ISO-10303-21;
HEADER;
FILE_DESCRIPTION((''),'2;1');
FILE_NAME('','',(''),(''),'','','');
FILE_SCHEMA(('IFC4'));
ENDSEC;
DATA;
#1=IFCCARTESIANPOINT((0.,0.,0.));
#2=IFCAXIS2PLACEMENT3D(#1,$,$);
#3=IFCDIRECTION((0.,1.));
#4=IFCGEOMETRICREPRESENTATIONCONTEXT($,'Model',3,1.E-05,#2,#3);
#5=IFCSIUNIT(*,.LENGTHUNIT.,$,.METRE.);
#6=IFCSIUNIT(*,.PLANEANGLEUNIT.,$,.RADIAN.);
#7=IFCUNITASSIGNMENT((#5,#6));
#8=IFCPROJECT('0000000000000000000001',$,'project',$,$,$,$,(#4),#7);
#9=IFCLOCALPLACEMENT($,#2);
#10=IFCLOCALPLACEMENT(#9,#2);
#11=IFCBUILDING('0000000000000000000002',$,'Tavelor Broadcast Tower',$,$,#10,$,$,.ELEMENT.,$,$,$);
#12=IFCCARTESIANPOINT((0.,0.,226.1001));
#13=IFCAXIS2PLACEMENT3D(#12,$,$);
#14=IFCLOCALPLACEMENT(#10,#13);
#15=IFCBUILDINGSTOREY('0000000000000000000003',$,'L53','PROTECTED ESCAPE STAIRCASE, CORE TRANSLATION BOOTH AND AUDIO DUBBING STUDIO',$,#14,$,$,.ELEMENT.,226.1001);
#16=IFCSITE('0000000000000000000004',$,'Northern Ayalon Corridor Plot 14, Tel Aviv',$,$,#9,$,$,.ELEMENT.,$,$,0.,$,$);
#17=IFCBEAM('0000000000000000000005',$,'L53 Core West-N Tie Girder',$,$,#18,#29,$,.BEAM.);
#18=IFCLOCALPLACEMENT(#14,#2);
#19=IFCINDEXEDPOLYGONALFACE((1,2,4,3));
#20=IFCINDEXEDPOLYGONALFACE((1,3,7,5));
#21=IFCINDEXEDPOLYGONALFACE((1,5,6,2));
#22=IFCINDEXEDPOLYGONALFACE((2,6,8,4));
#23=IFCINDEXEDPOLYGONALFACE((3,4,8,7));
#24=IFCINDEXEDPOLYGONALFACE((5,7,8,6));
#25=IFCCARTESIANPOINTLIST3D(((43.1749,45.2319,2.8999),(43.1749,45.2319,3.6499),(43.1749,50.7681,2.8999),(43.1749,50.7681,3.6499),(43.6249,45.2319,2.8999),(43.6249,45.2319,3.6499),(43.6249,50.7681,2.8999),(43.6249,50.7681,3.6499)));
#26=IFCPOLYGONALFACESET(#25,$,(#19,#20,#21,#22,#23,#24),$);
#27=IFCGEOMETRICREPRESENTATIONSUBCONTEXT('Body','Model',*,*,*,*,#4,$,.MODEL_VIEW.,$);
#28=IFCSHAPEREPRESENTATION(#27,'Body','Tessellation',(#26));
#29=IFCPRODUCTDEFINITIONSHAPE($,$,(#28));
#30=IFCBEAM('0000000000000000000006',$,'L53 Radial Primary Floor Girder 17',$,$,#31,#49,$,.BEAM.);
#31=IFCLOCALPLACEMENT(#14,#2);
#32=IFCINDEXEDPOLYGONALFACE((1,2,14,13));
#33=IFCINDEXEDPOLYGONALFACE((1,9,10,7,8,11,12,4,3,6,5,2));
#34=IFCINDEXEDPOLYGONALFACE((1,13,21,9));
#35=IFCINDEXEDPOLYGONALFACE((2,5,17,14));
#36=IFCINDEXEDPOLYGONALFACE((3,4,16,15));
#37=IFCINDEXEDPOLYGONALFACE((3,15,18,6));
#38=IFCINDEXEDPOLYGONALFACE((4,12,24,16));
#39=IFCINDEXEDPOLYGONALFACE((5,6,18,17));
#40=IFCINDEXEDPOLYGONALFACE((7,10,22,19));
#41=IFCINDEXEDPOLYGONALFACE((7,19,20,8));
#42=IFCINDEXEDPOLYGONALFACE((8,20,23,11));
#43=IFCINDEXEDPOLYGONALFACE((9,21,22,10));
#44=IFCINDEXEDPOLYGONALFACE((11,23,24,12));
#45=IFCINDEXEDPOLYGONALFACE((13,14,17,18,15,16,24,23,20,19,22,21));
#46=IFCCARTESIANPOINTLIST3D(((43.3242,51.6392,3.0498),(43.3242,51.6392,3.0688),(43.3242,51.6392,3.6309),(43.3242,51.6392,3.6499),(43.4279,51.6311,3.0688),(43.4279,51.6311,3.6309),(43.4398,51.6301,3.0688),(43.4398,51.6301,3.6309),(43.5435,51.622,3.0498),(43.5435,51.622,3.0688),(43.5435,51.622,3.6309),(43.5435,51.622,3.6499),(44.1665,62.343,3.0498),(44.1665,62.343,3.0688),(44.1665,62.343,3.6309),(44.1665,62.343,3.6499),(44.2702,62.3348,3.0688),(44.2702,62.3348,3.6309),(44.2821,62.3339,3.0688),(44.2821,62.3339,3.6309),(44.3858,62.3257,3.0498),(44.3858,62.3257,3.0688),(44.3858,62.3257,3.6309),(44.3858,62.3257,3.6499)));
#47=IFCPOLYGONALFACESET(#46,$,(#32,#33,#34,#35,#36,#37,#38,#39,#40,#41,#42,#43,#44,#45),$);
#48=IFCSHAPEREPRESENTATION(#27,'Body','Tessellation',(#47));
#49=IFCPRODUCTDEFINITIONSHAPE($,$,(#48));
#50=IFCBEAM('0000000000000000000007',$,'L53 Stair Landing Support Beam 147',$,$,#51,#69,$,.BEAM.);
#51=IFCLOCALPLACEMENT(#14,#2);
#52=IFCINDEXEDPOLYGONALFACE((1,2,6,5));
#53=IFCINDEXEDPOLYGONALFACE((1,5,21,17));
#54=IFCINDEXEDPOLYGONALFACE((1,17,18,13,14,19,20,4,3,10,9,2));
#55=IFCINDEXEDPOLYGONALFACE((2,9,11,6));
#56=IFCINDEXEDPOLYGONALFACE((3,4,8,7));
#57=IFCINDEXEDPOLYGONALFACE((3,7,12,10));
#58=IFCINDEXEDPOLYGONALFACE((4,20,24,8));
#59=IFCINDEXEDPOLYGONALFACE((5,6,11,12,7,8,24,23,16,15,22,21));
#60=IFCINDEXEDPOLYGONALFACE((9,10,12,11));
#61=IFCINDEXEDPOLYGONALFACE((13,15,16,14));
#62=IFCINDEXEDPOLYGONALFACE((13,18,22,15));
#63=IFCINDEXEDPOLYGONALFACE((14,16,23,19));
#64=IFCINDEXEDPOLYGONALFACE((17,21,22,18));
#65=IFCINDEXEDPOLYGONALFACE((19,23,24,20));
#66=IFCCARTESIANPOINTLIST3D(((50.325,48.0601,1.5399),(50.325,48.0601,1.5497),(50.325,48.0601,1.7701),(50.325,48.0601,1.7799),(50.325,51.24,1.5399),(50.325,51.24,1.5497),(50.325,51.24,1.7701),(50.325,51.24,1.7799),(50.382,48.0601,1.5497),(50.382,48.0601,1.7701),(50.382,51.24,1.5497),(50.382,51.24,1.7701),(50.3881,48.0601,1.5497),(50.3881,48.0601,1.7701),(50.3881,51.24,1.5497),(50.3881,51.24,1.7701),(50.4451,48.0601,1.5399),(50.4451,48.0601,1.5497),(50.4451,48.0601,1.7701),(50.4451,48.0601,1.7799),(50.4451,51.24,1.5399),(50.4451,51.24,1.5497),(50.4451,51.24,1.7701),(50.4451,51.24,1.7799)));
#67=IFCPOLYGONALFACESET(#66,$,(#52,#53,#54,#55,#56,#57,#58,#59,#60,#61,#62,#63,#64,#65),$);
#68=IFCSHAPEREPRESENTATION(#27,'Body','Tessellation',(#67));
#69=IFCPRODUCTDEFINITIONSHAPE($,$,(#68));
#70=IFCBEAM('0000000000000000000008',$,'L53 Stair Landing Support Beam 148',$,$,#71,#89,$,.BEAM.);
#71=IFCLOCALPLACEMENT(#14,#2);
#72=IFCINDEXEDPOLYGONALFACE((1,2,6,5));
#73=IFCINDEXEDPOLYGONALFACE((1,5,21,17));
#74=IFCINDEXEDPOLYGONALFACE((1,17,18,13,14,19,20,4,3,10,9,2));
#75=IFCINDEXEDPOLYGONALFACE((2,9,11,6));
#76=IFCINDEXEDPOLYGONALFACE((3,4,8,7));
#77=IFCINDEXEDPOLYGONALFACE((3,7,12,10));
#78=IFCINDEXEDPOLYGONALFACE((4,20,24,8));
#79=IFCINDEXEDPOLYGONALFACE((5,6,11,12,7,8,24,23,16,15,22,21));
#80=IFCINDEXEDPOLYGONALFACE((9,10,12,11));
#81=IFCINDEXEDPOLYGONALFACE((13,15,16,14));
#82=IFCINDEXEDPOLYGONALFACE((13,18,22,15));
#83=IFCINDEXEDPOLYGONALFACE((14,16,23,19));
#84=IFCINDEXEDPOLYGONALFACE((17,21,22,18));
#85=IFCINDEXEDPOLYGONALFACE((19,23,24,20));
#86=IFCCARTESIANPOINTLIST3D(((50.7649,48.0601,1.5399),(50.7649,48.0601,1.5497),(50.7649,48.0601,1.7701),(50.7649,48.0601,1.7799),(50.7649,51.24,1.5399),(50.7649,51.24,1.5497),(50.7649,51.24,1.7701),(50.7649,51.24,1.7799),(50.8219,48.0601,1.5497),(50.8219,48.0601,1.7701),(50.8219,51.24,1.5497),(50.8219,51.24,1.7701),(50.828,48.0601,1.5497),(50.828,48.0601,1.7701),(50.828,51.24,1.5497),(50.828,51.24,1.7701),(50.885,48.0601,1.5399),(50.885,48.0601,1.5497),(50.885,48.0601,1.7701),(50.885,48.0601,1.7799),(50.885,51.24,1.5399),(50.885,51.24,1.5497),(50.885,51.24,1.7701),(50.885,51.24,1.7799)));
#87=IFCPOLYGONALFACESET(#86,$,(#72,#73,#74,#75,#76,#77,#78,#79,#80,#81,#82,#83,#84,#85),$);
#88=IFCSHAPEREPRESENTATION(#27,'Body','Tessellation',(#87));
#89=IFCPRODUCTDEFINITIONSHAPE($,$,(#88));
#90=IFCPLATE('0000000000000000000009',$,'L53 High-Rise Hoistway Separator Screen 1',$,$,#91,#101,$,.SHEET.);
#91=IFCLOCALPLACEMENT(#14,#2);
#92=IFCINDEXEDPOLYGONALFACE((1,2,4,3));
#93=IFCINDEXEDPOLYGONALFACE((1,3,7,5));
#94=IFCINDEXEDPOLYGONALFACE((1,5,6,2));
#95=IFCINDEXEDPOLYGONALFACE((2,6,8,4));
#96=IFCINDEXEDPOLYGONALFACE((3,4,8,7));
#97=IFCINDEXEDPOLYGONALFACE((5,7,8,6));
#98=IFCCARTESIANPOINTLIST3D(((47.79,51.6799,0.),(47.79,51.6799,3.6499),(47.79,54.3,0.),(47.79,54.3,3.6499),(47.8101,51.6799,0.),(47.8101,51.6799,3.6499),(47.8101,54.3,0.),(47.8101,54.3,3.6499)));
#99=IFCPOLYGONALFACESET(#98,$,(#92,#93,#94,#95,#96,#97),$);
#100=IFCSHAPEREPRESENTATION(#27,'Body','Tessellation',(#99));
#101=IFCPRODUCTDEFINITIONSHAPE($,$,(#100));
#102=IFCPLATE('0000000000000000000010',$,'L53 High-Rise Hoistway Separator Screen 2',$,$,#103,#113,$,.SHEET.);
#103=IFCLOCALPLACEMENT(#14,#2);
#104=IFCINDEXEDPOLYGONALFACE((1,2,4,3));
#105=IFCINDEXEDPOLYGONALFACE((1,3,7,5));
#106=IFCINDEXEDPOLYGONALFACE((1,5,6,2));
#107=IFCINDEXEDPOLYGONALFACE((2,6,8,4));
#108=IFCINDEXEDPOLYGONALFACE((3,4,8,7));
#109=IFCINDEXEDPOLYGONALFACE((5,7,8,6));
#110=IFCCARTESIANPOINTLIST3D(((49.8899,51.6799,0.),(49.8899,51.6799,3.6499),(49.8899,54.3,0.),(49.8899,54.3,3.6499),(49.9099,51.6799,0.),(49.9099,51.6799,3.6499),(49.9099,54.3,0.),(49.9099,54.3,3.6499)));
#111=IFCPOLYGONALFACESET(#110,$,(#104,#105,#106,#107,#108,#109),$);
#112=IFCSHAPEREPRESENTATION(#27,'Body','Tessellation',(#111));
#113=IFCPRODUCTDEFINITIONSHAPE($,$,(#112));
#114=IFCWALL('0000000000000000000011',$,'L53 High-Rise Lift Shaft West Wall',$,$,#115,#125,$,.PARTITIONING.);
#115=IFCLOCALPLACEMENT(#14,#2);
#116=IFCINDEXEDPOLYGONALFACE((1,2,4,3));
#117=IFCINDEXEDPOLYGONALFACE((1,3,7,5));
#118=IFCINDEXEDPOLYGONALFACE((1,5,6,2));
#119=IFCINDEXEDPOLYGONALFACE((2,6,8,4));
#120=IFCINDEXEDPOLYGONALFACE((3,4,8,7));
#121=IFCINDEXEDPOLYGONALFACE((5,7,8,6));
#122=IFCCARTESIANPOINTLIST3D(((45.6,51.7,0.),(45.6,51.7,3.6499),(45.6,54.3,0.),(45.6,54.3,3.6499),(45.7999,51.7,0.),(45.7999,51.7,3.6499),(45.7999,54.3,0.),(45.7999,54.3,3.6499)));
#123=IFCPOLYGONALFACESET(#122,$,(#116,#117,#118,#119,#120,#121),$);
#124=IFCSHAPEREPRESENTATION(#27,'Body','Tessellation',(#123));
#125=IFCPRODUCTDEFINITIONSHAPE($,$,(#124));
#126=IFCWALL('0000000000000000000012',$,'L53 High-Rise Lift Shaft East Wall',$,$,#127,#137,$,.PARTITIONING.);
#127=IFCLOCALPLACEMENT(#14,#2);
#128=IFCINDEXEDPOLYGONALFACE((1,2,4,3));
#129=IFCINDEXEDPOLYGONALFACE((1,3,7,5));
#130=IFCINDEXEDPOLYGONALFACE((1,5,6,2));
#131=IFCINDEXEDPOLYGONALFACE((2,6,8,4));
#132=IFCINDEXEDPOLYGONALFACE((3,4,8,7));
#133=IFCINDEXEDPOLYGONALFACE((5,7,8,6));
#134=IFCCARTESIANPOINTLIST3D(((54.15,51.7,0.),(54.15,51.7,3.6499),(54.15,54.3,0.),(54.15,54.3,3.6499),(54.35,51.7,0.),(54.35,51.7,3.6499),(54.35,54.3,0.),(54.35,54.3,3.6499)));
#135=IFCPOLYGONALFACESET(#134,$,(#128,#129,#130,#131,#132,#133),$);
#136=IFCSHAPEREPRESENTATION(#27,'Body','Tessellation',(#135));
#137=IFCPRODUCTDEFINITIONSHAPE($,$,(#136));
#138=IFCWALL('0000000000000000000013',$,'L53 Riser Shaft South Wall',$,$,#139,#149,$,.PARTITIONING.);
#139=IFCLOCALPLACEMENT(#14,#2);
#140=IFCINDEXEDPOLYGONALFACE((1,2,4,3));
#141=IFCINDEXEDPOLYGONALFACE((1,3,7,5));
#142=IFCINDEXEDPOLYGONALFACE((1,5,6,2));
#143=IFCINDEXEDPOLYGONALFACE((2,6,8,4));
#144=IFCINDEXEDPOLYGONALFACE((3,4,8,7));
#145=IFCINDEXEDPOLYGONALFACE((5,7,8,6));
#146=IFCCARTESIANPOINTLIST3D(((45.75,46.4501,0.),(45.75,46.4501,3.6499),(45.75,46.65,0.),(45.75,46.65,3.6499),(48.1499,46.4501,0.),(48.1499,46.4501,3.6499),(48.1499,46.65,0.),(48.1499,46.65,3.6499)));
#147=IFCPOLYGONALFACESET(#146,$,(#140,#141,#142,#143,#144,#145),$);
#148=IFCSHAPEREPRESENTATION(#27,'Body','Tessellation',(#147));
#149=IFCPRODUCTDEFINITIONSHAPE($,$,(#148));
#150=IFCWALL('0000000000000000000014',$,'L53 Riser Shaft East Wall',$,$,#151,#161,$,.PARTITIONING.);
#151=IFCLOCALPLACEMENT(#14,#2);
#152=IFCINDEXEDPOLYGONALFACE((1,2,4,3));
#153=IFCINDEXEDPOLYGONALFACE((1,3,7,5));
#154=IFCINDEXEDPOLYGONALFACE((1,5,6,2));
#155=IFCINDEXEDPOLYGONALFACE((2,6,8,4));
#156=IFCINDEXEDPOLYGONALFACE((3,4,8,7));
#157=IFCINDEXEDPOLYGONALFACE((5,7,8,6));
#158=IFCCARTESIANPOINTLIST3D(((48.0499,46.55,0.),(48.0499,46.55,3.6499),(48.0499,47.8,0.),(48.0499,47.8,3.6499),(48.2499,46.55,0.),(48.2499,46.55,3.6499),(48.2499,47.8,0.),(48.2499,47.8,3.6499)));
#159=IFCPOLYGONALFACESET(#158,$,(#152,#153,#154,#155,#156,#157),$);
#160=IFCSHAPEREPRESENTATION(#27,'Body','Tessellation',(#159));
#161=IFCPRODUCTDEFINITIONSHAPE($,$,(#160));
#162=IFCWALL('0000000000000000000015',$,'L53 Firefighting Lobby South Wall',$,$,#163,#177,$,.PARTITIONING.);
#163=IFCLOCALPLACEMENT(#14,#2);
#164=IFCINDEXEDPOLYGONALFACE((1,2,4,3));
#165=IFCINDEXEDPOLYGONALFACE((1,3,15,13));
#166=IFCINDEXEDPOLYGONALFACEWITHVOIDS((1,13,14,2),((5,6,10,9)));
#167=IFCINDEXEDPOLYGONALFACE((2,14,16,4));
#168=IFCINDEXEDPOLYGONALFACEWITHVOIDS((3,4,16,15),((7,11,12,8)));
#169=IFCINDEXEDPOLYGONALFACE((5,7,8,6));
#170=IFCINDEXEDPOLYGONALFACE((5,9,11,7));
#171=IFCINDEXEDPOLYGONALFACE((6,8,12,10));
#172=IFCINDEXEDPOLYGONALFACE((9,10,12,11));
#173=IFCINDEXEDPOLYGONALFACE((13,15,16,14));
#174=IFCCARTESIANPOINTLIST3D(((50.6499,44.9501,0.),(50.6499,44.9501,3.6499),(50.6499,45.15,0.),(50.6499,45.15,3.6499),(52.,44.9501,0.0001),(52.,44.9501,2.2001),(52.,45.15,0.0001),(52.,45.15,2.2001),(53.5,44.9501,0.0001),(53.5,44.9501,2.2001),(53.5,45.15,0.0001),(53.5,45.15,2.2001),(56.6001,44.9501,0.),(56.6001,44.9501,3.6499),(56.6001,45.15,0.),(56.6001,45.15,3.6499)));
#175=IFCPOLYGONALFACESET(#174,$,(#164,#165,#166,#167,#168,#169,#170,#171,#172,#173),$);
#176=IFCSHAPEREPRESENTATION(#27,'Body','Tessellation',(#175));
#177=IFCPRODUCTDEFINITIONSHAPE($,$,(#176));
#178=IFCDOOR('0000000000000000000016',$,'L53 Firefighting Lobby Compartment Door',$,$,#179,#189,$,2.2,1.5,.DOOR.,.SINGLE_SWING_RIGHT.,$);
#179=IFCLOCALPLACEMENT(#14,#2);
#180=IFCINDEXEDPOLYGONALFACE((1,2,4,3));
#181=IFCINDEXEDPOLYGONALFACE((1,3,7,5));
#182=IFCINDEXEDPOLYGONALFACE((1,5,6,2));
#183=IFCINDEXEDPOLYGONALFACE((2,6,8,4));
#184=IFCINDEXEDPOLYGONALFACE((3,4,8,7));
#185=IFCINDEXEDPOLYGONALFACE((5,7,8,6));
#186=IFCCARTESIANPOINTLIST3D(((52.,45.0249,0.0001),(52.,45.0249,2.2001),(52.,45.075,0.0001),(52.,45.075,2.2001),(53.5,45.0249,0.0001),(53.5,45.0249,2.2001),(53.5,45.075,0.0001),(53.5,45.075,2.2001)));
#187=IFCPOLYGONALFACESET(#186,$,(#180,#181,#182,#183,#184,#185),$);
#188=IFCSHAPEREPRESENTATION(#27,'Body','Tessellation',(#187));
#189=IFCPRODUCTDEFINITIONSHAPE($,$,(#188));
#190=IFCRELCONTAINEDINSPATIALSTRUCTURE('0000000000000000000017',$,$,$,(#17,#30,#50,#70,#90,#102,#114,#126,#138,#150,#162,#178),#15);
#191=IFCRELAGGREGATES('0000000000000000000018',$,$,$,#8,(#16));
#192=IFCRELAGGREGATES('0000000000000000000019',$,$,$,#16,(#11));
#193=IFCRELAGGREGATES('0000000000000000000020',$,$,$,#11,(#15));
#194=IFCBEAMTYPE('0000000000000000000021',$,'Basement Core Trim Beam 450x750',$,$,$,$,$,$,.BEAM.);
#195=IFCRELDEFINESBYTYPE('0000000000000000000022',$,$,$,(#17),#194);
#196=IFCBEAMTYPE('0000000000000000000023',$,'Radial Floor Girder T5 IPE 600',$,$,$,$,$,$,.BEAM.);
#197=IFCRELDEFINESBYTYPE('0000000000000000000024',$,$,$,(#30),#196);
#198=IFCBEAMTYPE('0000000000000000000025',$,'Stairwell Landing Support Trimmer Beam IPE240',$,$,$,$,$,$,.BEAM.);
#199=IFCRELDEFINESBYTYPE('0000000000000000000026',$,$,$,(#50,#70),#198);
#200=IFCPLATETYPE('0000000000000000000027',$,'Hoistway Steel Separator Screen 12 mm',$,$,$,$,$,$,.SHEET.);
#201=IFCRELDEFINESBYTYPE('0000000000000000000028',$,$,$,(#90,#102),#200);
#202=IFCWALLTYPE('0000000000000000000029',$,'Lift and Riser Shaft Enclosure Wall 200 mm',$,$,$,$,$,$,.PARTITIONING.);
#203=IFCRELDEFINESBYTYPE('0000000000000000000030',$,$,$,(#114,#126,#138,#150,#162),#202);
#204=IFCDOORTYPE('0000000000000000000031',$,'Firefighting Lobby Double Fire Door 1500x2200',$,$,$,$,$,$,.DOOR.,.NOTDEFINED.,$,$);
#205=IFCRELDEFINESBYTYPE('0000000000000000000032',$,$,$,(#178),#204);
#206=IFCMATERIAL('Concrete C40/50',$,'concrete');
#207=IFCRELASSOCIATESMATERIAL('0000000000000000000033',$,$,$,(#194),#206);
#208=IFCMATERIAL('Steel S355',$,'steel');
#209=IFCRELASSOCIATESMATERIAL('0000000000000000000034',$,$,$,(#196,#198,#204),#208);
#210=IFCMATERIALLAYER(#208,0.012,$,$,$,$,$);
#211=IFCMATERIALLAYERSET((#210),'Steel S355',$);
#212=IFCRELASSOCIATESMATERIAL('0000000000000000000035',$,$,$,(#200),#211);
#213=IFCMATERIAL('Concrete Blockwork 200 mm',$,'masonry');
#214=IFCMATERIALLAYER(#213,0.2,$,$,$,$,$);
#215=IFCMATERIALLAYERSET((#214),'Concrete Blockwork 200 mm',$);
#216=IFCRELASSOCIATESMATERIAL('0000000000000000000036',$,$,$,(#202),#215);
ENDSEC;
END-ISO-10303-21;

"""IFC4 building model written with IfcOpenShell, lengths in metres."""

from ifc_helpers import new_model, si_unit, direction, frame, frame_2d, origin, origin_2d, place, context, subcontext, project, spatial, rectangle, i_section, extrude, source, transform, mapped, material, layer, layer_set, material_profile, profile_set, type_object, type_shapes, element, fill, save


model = new_model("IFC4")

# Units and contexts
model_context = context("Model", 3, precision=1e-05, world=origin(), true_north=direction((0.0, 1.0)))
body_context = subcontext(model_context, "Body", "Model", "MODEL_VIEW")
ifc_project = project(units=[si_unit("LENGTHUNIT", "METRE"), si_unit("PLANEANGLEUNIT", "RADIAN")], contexts=[model_context])

# Site, building, storey
site_placement = place(None, origin())
site = spatial("IfcSite", under=ifc_project, at=site_placement, Name="Northern Ayalon Corridor Plot 14, Tel Aviv", CompositionType="ELEMENT", RefElevation=0.0)
building_placement = place(site_placement, origin())
building = spatial("IfcBuilding", under=site, at=building_placement, Name="Tavelor Broadcast Tower", CompositionType="ELEMENT")
storey_placement = place(building_placement, frame((0.0, 0.0, 226.1001)))
storey = spatial("IfcBuildingStorey", under=building, at=storey_placement, Name="L53", Description="PROTECTED ESCAPE STAIRCASE, CORE TRANSLATION BOOTH AND AUDIO DUBBING STUDIO", CompositionType="ELEMENT", Elevation=226.1001)

# Beams
ifc_material_1 = material(Name="Concrete C40/50", Category="concrete")
ifc_material_profile_1 = material_profile(ifc_material_1, rectangle(XDim=0.45, YDim=0.75, at=origin_2d()), Name="RC 450x750")
ifc_profile_set_1 = profile_set([ifc_material_profile_1], Name="Concrete C40/50")
beam_type_1 = type_object("IfcBeamType", Name="Basement Core Trim Beam 450x750", PredefinedType="BEAM", material=ifc_profile_set_1)
beam_1_placement = place(storey_placement, frame((43.3999, 45.2319, 3.2749), z_axis=(0.0, 1.0, 0.0), x_axis=(-1.0, 0.0, 0.0)))
element("IfcBeam", 1, at=beam_1_placement, inside=storey, type_object=beam_type_1, Name="L53 Core West-N Tie Girder", PredefinedType="BEAM", context=body_context, shape_type="SweptSolid", body=[
    extrude(rectangle(XDim=0.45, YDim=0.75, at=origin_2d()), origin(), (0.0, 0.0, 1.0), 5.5361),
])
ifc_material_2 = material(Name="Steel S355", Category="steel")
ifc_material_profile_2 = material_profile(ifc_material_2, i_section(OverallWidth=0.22, OverallDepth=0.6001, WebThickness=0.012, FlangeThickness=0.019, at=origin_2d()), Name="IPE 600")
ifc_profile_set_2 = profile_set([ifc_material_profile_2], Name="Steel S355")
beam_type_2 = type_object("IfcBeamType", Name="Radial Floor Girder T5 IPE 600", PredefinedType="BEAM", material=ifc_profile_set_2)
beam_2_placement = place(storey_placement, frame((43.4338, 51.6306, 3.3499), z_axis=(0.078449, 0.996918, 0.0), x_axis=(-0.996918, 0.078449, 0.0)))
element("IfcBeam", 2, at=beam_2_placement, inside=storey, type_object=beam_type_2, Name="L53 Radial Primary Floor Girder 17", PredefinedType="BEAM", context=body_context, shape_type="SweptSolid", body=[
    extrude(i_section(OverallWidth=0.22, OverallDepth=0.6001, WebThickness=0.012, FlangeThickness=0.019, at=origin_2d()), origin(), (0.0, 0.0, 1.0), 10.7368),
])
ifc_material_profile_3 = material_profile(ifc_material_2, i_section(OverallWidth=0.1201, OverallDepth=0.24, WebThickness=0.0061, FlangeThickness=0.0098, at=origin_2d()), Name="IPE 240")
ifc_profile_set_3 = profile_set([ifc_material_profile_3], Name="Steel S355")
beam_type_3 = type_object("IfcBeamType", Name="Stairwell Landing Support Trimmer Beam IPE240", PredefinedType="BEAM", material=ifc_profile_set_3)
for number, where, z_axis, x_axis, name in (
    (3, (50.385, 48.0601, 1.6599), (0.0, 1.0, 0.0), (-1.0, 0.0, 0.0), "L53 Stair Landing Support Beam 147"),
    (4, (50.825, 48.0601, 1.6599), (0.0, 1.0, 0.0), (-1.0, 0.0, 0.0), "L53 Stair Landing Support Beam 148"),
):
    element("IfcBeam", number, at=place(storey_placement, frame(where, z_axis=z_axis, x_axis=x_axis)), inside=storey, type_object=beam_type_3, Name=name, PredefinedType="BEAM", context=body_context, shape_type="SweptSolid", body=[
        extrude(i_section(OverallWidth=0.1201, OverallDepth=0.24, WebThickness=0.0061, FlangeThickness=0.0098, at=origin_2d()), origin(), (0.0, 0.0, 1.0), 3.1799),
    ])

# Plates
ifc_layer_1 = layer(ifc_material_2, 0.012)
ifc_layer_set_1 = layer_set([ifc_layer_1], Name="Steel S355")
plate_type = type_object("IfcPlateType", Name="Hoistway Steel Separator Screen 12 mm", PredefinedType="SHEET", material=ifc_layer_set_1)
shared_shape = source(origin(), body_context, "Body", "SweptSolid", [
    extrude(rectangle(XDim=0.02, YDim=2.6201, at=origin_2d()), origin(), (0.0, 0.0, 1.0), 3.6499),
])
type_shapes(plate_type, [shared_shape])
for number, where, z_axis, x_axis, name in (
    (5, (47.8, 52.99, 0.0), (0.0, 0.0, 1.0), (1.0, 0.0, 0.0), "L53 High-Rise Hoistway Separator Screen 1"),
    (6, (49.8999, 52.99, 0.0), (0.0, 0.0, 1.0), (1.0, 0.0, 0.0), "L53 High-Rise Hoistway Separator Screen 2"),
):
    element("IfcPlate", number, at=place(storey_placement, frame(where, z_axis=z_axis, x_axis=x_axis)), inside=storey, type_object=plate_type, Name=name, PredefinedType="SHEET", context=body_context, shape_type="MappedRepresentation", body=[
        mapped(shared_shape, transform((0.0, 0.0, 0.0), scale=1.0)),
    ])

# Walls
ifc_material_3 = material(Name="Concrete Blockwork 200 mm", Category="masonry")
ifc_layer_2 = layer(ifc_material_3, 0.2)
ifc_layer_set_2 = layer_set([ifc_layer_2], Name="Concrete Blockwork 200 mm")
wall_type_1 = type_object("IfcWallType", Name="Lift and Riser Shaft Enclosure Wall 200 mm", PredefinedType="PARTITIONING", material=ifc_layer_set_2)
for number, where, z_axis, x_axis, name in (
    (7, (45.7, 51.7, 0.0), (0.0, 0.0, 1.0), (0.0, 1.0, 0.0), "L53 High-Rise Lift Shaft West Wall"),
    (8, (54.25, 51.7, 0.0), (0.0, 0.0, 1.0), (0.0, 1.0, 0.0), "L53 High-Rise Lift Shaft East Wall"),
):
    element("IfcWall", number, at=place(storey_placement, frame(where, z_axis=z_axis, x_axis=x_axis)), inside=storey, type_object=wall_type_1, Name=name, PredefinedType="PARTITIONING", context=body_context, shape_type="SweptSolid", body=[
        extrude(rectangle(XDim=2.6001, YDim=0.2, at=frame_2d((1.3, 0.0))), origin(), (0.0, 0.0, 1.0), 3.6499),
    ])
wall_1_placement = place(storey_placement, frame((45.75, 46.55, 0.0), z_axis=(0.0, 0.0, 1.0), x_axis=(1.0, 0.0, 0.0)))
element("IfcWall", 9, at=wall_1_placement, inside=storey, type_object=wall_type_1, Name="L53 Riser Shaft South Wall", PredefinedType="PARTITIONING", context=body_context, shape_type="SweptSolid", body=[
    extrude(rectangle(XDim=2.3999, YDim=0.2, at=frame_2d((1.2, 0.0))), origin(), (0.0, 0.0, 1.0), 3.6499),
])
wall_2_placement = place(storey_placement, frame((48.1499, 46.55, 0.0), z_axis=(0.0, 0.0, 1.0), x_axis=(0.0, 1.0, 0.0)))
element("IfcWall", 10, at=wall_2_placement, inside=storey, type_object=wall_type_1, Name="L53 Riser Shaft East Wall", PredefinedType="PARTITIONING", context=body_context, shape_type="SweptSolid", body=[
    extrude(rectangle(XDim=1.25, YDim=0.2, at=frame_2d((0.625, 0.0))), origin(), (0.0, 0.0, 1.0), 3.6499),
])

# Wall, opening, door
wall_3_placement = place(storey_placement, frame((50.6499, 45.05, 0.0), z_axis=(0.0, 0.0, 1.0), x_axis=(1.0, 0.0, 0.0)))
wall_3 = element("IfcWall", 11, at=wall_3_placement, inside=storey, type_object=wall_type_1, Name="L53 Firefighting Lobby South Wall", PredefinedType="PARTITIONING", context=body_context, shape_type="SweptSolid", body=[
    extrude(rectangle(XDim=5.9502, YDim=0.2, at=frame_2d((2.9751, 0.0))), origin(), (0.0, 0.0, 1.0), 3.6499),
])
opening_placement = place(wall_3_placement, frame((1.3501, 0.0, 0.0)))
opening = element("IfcOpeningElement", 12, at=opening_placement, cuts=wall_3, PredefinedType="OPENING", context=body_context, shape_type="SweptSolid", body=[
    extrude(rectangle(XDim=1.5, YDim=2.2, at=frame_2d((0.75, 1.1001))), frame((0.0, 0.1099, 0.0), z_axis=(0.0, -1.0, 0.0), x_axis=(1.0, 0.0, 0.0)), (0.0, 0.0, 1.0), 0.22),
])
door_type = type_object("IfcDoorType", Name="Firefighting Lobby Double Fire Door 1500x2200", OperationType="NOTDEFINED", PredefinedType="DOOR", material=ifc_material_2)
door_placement = place(opening_placement, origin())
door = element("IfcDoor", 13, at=door_placement, inside=storey, type_object=door_type, Name="L53 Firefighting Lobby Compartment Door", OperationType="SINGLE_SWING_RIGHT", OverallHeight=2.2, OverallWidth=1.5, PredefinedType="DOOR", context=body_context, shape_type="SweptSolid", body=[
    extrude(rectangle(XDim=1.5, YDim=2.2, at=frame_2d((0.75, 1.1001))), frame((0.0, 0.0249, 0.0), z_axis=(0.0, -1.0, 0.0), x_axis=(1.0, 0.0, 0.0)), (0.0, 0.0, 1.0), 0.05),
])
fill(opening, door)

save(model, "model.ifc")
